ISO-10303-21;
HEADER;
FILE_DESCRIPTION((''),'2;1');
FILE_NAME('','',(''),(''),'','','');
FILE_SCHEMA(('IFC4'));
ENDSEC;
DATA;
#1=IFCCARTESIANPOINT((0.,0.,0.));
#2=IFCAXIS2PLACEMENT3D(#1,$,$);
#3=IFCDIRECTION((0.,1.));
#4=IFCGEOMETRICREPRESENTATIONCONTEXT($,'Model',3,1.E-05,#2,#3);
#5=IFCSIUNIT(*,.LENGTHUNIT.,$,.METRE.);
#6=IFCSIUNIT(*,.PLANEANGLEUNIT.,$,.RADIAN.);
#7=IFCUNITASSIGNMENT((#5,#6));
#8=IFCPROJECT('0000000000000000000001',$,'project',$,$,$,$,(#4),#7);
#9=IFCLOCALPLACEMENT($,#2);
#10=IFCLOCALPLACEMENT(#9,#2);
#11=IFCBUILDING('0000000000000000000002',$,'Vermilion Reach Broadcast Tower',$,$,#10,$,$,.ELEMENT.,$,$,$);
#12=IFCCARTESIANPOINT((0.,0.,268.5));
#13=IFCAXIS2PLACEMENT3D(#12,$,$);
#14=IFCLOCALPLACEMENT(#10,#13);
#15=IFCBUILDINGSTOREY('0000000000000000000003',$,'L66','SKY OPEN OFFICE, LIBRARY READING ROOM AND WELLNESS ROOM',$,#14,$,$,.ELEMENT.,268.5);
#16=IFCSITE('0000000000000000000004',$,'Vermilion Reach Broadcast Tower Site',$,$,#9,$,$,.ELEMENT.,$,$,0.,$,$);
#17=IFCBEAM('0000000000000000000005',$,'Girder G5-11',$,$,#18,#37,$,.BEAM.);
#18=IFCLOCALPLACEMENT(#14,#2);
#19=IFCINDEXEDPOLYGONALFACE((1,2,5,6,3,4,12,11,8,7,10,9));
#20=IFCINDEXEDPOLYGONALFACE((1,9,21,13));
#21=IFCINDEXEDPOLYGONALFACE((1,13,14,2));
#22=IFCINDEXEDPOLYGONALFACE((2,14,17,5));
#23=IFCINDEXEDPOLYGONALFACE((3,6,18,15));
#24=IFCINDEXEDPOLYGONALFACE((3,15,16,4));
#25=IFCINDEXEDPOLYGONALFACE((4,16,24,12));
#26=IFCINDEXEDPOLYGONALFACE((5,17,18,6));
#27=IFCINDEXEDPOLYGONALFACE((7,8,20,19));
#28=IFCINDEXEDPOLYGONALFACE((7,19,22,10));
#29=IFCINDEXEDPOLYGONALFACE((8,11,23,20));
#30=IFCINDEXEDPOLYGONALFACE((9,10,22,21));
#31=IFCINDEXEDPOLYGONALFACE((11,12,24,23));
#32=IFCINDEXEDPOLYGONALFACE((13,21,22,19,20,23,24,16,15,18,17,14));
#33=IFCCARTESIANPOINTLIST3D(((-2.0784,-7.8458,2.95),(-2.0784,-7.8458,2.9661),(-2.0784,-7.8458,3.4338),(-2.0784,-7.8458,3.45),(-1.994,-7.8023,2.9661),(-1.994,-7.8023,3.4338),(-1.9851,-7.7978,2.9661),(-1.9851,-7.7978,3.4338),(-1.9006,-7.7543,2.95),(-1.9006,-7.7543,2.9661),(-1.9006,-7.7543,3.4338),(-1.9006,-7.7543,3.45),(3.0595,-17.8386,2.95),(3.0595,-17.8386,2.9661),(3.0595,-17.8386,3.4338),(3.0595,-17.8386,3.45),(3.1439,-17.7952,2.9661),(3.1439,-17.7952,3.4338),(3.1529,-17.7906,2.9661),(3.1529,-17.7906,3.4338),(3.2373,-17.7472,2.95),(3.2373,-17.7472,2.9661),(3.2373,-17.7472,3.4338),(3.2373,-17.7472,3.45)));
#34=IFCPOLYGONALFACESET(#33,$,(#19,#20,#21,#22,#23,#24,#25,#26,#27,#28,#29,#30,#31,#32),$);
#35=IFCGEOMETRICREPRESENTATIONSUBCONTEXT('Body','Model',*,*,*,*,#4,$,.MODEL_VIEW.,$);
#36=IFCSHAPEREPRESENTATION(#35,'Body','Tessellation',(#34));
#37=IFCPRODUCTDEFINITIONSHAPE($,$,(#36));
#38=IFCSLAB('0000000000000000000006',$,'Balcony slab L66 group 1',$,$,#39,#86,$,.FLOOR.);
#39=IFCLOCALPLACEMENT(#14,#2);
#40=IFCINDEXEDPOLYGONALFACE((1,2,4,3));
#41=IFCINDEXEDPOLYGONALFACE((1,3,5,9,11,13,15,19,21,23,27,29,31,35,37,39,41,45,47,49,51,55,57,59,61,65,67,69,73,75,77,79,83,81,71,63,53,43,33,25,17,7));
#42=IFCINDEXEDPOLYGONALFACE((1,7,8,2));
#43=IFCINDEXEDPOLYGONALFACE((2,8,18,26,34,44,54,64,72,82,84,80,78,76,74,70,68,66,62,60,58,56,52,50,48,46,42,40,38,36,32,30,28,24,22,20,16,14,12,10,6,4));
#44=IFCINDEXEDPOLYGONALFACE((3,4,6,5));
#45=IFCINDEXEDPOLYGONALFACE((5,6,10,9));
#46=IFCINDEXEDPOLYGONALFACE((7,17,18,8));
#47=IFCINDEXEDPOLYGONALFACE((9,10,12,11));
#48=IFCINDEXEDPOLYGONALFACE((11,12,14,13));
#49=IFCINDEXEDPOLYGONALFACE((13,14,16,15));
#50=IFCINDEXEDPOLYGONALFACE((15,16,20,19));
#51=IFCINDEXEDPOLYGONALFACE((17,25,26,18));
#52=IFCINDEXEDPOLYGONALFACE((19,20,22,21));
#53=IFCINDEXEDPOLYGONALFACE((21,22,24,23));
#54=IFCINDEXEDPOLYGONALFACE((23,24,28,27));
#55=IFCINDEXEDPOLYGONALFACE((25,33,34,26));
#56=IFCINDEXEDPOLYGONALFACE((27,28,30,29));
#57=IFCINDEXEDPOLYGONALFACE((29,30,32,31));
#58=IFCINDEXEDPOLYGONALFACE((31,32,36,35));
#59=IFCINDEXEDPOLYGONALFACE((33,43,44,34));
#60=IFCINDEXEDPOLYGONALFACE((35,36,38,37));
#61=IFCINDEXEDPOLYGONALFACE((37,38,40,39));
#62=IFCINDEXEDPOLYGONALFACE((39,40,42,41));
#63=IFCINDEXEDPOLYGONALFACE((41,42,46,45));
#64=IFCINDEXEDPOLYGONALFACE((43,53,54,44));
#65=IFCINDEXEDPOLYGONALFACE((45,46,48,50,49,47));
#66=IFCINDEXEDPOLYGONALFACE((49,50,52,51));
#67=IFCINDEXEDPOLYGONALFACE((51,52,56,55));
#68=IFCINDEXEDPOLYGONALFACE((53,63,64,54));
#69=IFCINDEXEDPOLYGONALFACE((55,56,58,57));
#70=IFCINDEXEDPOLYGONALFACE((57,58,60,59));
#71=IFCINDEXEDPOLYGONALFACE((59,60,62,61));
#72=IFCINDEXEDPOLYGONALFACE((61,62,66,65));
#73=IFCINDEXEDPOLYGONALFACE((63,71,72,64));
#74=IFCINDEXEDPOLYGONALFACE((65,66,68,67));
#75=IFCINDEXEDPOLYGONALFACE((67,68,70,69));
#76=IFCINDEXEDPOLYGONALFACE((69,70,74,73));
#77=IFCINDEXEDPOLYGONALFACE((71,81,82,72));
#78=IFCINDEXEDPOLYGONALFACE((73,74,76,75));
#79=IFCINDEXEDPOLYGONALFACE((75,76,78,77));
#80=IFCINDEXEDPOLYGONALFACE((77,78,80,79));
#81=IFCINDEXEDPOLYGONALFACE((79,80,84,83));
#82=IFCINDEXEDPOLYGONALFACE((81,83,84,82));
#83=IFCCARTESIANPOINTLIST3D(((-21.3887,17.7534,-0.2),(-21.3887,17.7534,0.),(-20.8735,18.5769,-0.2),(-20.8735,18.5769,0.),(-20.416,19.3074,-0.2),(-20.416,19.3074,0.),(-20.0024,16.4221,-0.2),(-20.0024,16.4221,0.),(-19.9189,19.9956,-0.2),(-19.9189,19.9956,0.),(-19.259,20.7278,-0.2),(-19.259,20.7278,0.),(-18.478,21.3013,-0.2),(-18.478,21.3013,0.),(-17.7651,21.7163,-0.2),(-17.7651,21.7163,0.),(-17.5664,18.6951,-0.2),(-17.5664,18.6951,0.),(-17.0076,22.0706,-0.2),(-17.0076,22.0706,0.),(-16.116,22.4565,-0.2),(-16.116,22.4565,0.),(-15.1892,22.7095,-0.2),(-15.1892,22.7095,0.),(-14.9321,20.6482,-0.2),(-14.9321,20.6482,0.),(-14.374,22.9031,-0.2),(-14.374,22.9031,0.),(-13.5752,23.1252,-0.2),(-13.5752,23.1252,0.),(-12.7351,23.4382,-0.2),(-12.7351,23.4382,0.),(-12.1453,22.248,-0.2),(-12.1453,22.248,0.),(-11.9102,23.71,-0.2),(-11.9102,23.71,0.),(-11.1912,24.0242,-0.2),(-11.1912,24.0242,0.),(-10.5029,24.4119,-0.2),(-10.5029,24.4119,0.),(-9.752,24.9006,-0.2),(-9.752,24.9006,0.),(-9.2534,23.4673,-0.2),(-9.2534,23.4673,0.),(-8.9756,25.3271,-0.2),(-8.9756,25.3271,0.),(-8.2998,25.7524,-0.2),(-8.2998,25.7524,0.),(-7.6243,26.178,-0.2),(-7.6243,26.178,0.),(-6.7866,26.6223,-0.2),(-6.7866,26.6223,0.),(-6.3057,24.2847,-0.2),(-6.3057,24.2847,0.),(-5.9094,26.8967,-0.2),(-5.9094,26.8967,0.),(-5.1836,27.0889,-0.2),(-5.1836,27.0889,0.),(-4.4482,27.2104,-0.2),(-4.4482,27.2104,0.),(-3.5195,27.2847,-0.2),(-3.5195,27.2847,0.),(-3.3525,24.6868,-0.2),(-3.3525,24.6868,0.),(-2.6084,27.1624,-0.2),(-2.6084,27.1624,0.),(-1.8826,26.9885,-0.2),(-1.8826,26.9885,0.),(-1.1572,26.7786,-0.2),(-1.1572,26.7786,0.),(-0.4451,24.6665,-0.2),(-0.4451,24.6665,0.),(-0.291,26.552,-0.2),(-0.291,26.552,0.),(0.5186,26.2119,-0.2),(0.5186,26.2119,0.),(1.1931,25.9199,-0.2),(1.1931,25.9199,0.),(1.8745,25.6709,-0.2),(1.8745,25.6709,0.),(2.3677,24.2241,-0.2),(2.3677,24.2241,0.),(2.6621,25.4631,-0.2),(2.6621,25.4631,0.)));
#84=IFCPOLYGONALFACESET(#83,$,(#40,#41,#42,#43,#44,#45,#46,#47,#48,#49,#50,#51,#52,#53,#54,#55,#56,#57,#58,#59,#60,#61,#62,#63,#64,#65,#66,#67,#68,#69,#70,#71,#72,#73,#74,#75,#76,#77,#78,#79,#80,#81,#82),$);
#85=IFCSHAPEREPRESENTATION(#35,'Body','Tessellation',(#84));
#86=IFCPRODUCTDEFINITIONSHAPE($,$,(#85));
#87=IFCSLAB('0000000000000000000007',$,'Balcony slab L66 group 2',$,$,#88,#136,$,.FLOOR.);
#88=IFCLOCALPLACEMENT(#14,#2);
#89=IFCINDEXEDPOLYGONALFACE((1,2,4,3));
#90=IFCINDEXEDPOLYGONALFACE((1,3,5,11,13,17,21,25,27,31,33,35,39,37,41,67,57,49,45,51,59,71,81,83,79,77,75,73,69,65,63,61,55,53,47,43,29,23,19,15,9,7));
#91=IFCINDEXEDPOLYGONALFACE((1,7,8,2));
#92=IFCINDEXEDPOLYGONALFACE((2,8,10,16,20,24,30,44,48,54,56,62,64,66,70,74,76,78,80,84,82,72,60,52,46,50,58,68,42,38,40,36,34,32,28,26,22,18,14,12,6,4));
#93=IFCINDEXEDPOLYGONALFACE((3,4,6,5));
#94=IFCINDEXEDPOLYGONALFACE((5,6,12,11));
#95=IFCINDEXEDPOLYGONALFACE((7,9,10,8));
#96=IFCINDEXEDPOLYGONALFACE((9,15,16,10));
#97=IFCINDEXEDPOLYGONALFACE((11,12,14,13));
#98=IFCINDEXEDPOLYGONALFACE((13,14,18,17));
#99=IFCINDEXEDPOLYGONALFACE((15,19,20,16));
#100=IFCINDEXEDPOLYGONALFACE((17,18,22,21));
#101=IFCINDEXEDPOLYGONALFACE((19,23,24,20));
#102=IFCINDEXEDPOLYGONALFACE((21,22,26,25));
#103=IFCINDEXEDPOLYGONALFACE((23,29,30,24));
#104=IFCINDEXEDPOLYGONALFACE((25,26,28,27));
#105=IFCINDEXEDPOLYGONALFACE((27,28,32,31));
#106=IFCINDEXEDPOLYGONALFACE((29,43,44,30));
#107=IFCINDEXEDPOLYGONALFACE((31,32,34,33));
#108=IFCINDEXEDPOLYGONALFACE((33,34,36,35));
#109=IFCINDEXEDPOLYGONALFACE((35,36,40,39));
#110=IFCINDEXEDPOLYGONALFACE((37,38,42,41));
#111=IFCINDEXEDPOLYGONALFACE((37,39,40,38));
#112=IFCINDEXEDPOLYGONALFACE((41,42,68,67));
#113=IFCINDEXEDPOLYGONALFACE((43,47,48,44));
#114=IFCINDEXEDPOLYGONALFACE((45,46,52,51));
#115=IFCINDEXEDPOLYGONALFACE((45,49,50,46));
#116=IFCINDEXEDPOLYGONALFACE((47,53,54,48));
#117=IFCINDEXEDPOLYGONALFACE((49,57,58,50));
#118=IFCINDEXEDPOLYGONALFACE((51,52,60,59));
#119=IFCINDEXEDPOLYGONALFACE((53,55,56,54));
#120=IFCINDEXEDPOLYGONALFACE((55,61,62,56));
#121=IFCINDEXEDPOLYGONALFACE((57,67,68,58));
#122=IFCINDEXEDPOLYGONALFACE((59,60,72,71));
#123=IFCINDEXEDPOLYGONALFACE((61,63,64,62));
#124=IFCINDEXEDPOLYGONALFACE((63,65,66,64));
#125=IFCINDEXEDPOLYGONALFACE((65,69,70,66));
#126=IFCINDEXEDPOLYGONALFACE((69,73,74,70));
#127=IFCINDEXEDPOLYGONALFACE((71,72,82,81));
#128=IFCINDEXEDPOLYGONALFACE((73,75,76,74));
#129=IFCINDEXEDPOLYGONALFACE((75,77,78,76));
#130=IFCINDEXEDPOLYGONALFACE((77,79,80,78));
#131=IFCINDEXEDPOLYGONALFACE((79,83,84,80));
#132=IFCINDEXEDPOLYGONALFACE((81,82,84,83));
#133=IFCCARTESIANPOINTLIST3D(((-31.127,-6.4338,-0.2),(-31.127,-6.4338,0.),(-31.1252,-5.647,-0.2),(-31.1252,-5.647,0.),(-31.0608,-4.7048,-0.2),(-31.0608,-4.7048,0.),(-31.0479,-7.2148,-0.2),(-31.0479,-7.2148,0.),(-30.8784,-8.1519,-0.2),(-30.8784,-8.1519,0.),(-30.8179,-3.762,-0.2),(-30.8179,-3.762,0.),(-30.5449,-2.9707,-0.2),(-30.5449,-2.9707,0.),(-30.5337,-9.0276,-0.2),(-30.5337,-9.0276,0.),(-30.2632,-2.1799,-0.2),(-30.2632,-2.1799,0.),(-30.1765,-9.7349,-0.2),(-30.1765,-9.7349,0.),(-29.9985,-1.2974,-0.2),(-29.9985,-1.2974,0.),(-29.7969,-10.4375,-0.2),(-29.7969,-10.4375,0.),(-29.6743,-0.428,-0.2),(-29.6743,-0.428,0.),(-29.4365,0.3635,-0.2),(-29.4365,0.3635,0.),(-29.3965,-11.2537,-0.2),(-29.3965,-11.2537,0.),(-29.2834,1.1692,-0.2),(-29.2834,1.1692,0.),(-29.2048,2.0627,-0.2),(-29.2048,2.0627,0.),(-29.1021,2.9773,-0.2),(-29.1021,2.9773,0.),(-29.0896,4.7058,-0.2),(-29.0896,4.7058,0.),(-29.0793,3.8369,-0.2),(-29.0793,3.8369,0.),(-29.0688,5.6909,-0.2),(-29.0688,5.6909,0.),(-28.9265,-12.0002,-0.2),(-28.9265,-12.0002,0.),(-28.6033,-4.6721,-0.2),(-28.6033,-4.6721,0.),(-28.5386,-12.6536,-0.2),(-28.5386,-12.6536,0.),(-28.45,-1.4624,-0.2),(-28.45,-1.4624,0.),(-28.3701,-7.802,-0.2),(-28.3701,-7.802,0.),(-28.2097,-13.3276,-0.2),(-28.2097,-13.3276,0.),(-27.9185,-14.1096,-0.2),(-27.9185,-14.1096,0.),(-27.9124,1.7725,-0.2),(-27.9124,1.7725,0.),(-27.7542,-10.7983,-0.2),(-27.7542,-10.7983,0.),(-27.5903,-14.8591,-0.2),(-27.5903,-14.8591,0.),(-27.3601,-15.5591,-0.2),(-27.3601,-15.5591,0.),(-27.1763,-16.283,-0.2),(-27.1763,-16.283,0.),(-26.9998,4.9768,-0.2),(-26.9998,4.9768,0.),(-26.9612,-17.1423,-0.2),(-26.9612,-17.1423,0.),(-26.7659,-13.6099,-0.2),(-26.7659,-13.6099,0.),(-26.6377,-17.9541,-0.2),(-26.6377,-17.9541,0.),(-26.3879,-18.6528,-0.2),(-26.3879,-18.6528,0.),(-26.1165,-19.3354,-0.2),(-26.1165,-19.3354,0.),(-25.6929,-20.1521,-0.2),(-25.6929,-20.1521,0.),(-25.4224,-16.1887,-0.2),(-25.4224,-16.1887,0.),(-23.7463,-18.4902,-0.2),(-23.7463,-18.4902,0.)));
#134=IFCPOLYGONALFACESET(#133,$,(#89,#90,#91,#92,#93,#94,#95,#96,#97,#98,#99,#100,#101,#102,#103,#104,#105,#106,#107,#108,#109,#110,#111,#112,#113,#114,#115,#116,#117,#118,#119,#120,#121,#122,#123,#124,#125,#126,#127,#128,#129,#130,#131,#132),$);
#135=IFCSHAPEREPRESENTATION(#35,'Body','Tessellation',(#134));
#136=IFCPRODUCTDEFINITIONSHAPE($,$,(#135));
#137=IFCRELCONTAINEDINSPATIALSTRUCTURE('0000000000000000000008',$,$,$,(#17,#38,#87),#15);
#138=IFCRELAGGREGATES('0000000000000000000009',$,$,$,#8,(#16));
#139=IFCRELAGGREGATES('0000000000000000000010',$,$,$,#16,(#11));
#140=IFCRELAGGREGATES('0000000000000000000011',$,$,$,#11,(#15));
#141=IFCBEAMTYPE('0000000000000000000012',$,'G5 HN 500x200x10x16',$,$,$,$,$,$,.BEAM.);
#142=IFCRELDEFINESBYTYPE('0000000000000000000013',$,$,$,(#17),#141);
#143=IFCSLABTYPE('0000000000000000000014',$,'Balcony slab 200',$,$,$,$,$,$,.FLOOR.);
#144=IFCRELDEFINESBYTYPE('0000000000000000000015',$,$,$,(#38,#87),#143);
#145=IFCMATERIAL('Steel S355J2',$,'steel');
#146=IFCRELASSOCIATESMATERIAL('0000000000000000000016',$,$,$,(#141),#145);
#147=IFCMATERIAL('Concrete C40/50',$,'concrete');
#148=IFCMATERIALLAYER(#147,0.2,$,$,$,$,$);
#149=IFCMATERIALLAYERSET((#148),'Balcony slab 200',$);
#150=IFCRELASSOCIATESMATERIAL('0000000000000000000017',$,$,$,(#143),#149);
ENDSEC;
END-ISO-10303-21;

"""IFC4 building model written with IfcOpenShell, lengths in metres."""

from ifc_helpers import new_model, si_unit, direction, frame, origin, origin_2d, place, context, subcontext, project, spatial, polyline, i_section, outline, extrude, material, layer, layer_set, material_profile, profile_set, type_object, element, save


model = new_model("IFC4")

# Units and contexts
model_context = context("Model", 3, precision=1e-05, world=origin(), true_north=direction((0.0, 1.0)))
body_context = subcontext(model_context, "Body", "Model", "MODEL_VIEW")
ifc_project = project(units=[si_unit("LENGTHUNIT", "METRE"), si_unit("PLANEANGLEUNIT", "RADIAN")], contexts=[model_context])

# Site, building, storey
site_placement = place(None, origin())
site = spatial("IfcSite", under=ifc_project, at=site_placement, Name="Vermilion Reach Broadcast Tower Site", CompositionType="ELEMENT", RefElevation=0.0)
building_placement = place(site_placement, origin())
building = spatial("IfcBuilding", under=site, at=building_placement, Name="Vermilion Reach Broadcast Tower", CompositionType="ELEMENT")
storey_placement = place(building_placement, frame((0.0, 0.0, 268.5)))
storey = spatial("IfcBuildingStorey", under=building, at=storey_placement, Name="L66", Description="SKY OPEN OFFICE, LIBRARY READING ROOM AND WELLNESS ROOM", CompositionType="ELEMENT", Elevation=268.5)

# Beam
ifc_material_1 = material(Name="Steel S355J2", Category="steel")
ifc_material_profile = material_profile(ifc_material_1, i_section(OverallWidth=0.2, OverallDepth=0.5, WebThickness=0.01, FlangeThickness=0.0161, at=origin_2d()), Name="S355J2 HN 500x200x10x16")
ifc_profile_set = profile_set([ifc_material_profile], Name="Steel S355J2")
beam_type = type_object("IfcBeamType", Name="G5 HN 500x200x10x16", PredefinedType="BEAM", material=ifc_profile_set)
beam_placement = place(storey_placement, frame((-1.9895, -7.8, 3.2), z_axis=(0.457258, -0.889334, 0.0), x_axis=(0.889334, 0.457258, 0.0)))
element("IfcBeam", 1, at=beam_placement, inside=storey, type_object=beam_type, Name="Girder G5-11", PredefinedType="BEAM", context=body_context, shape_type="SweptSolid", body=[
    extrude(i_section(OverallWidth=0.2, OverallDepth=0.5, WebThickness=0.01, FlangeThickness=0.0161, at=origin_2d()), origin(), (0.0, 0.0, 1.0), 11.2363),
])

# Slabs
ifc_material_2 = material(Name="Concrete C40/50", Category="concrete")
ifc_layer_1 = layer(ifc_material_2, 0.2)
ifc_layer_set_1 = layer_set([ifc_layer_1], Name="Balcony slab 200")
slab_type_1 = type_object("IfcSlabType", Name="Balcony slab 200", PredefinedType="FLOOR", material=ifc_layer_set_1)
placement_1 = place(storey_placement, frame((0.0, 0.0, -0.2)))
element("IfcSlab", 2, at=placement_1, inside=storey, type_object=slab_type_1, Name="Balcony slab L66 group 1", PredefinedType="FLOOR", context=body_context, shape_type="SweptSolid", body=[
    extrude(outline(polyline([(2.3677, 24.2241), (-0.4451, 24.6665), (-3.3525, 24.6868), (-6.3057, 24.2847), (-9.2534, 23.4673), (-12.1453, 22.248), (-14.9321, 20.6482), (-17.5664, 18.6951), (-20.0024, 16.4221), (-21.3887, 17.7534), (-20.8735, 18.5769), (-20.416, 19.3074), (-19.9189, 19.9956), (-19.259, 20.7278), (-18.478, 21.3013), (-17.7651, 21.7163), (-17.0076, 22.0706), (-16.116, 22.4565), (-15.1892, 22.7095), (-14.374, 22.9031), (-13.5752, 23.1252), (-12.7351, 23.4382), (-11.9102, 23.71), (-11.1912, 24.0242), (-10.5029, 24.4119), (-9.752, 24.9006), (-8.9756, 25.3271), (-8.2998, 25.7524), (-7.6243, 26.178), (-6.7866, 26.6223), (-5.9094, 26.8967), (-5.1836, 27.0889), (-4.4482, 27.2104), (-3.5195, 27.2847), (-2.6084, 27.1624), (-1.8826, 26.9885), (-1.1572, 26.7786), (-0.291, 26.552), (0.5186, 26.2119), (1.1931, 25.9199), (1.8745, 25.6709), (2.6621, 25.4631), (2.3677, 24.2241)])), origin(), (0.0, 0.0, 1.0), 0.2),
])
element("IfcSlab", 3, at=placement_1, inside=storey, type_object=slab_type_1, Name="Balcony slab L66 group 2", PredefinedType="FLOOR", context=body_context, shape_type="SweptSolid", body=[
    extrude(outline(polyline([(-26.9998, 4.9768), (-27.9124, 1.7725), (-28.45, -1.4624), (-28.6033, -4.6721), (-28.3701, -7.802), (-27.7542, -10.7983), (-26.7659, -13.6099), (-25.4224, -16.1887), (-23.7463, -18.4902), (-25.6929, -20.1521), (-26.1165, -19.3354), (-26.3879, -18.6528), (-26.6377, -17.9541), (-26.9612, -17.1423), (-27.1763, -16.283), (-27.3601, -15.5591), (-27.5903, -14.8591), (-27.9185, -14.1096), (-28.2097, -13.3276), (-28.5386, -12.6536), (-28.9265, -12.0002), (-29.3965, -11.2537), (-29.7969, -10.4375), (-30.1765, -9.7349), (-30.5337, -9.0276), (-30.8784, -8.1519), (-31.0479, -7.2148), (-31.127, -6.4338), (-31.1252, -5.647), (-31.0608, -4.7048), (-30.8179, -3.762), (-30.5449, -2.9707), (-30.2632, -2.1799), (-29.9985, -1.2974), (-29.6743, -0.428), (-29.4365, 0.3635), (-29.2834, 1.1692), (-29.2048, 2.0627), (-29.1021, 2.9773), (-29.0793, 3.8369), (-29.0896, 4.7058), (-29.0688, 5.6909), (-26.9998, 4.9768)])), origin(), (0.0, 0.0, 1.0), 0.2),
])

save(model, "model.ifc")
